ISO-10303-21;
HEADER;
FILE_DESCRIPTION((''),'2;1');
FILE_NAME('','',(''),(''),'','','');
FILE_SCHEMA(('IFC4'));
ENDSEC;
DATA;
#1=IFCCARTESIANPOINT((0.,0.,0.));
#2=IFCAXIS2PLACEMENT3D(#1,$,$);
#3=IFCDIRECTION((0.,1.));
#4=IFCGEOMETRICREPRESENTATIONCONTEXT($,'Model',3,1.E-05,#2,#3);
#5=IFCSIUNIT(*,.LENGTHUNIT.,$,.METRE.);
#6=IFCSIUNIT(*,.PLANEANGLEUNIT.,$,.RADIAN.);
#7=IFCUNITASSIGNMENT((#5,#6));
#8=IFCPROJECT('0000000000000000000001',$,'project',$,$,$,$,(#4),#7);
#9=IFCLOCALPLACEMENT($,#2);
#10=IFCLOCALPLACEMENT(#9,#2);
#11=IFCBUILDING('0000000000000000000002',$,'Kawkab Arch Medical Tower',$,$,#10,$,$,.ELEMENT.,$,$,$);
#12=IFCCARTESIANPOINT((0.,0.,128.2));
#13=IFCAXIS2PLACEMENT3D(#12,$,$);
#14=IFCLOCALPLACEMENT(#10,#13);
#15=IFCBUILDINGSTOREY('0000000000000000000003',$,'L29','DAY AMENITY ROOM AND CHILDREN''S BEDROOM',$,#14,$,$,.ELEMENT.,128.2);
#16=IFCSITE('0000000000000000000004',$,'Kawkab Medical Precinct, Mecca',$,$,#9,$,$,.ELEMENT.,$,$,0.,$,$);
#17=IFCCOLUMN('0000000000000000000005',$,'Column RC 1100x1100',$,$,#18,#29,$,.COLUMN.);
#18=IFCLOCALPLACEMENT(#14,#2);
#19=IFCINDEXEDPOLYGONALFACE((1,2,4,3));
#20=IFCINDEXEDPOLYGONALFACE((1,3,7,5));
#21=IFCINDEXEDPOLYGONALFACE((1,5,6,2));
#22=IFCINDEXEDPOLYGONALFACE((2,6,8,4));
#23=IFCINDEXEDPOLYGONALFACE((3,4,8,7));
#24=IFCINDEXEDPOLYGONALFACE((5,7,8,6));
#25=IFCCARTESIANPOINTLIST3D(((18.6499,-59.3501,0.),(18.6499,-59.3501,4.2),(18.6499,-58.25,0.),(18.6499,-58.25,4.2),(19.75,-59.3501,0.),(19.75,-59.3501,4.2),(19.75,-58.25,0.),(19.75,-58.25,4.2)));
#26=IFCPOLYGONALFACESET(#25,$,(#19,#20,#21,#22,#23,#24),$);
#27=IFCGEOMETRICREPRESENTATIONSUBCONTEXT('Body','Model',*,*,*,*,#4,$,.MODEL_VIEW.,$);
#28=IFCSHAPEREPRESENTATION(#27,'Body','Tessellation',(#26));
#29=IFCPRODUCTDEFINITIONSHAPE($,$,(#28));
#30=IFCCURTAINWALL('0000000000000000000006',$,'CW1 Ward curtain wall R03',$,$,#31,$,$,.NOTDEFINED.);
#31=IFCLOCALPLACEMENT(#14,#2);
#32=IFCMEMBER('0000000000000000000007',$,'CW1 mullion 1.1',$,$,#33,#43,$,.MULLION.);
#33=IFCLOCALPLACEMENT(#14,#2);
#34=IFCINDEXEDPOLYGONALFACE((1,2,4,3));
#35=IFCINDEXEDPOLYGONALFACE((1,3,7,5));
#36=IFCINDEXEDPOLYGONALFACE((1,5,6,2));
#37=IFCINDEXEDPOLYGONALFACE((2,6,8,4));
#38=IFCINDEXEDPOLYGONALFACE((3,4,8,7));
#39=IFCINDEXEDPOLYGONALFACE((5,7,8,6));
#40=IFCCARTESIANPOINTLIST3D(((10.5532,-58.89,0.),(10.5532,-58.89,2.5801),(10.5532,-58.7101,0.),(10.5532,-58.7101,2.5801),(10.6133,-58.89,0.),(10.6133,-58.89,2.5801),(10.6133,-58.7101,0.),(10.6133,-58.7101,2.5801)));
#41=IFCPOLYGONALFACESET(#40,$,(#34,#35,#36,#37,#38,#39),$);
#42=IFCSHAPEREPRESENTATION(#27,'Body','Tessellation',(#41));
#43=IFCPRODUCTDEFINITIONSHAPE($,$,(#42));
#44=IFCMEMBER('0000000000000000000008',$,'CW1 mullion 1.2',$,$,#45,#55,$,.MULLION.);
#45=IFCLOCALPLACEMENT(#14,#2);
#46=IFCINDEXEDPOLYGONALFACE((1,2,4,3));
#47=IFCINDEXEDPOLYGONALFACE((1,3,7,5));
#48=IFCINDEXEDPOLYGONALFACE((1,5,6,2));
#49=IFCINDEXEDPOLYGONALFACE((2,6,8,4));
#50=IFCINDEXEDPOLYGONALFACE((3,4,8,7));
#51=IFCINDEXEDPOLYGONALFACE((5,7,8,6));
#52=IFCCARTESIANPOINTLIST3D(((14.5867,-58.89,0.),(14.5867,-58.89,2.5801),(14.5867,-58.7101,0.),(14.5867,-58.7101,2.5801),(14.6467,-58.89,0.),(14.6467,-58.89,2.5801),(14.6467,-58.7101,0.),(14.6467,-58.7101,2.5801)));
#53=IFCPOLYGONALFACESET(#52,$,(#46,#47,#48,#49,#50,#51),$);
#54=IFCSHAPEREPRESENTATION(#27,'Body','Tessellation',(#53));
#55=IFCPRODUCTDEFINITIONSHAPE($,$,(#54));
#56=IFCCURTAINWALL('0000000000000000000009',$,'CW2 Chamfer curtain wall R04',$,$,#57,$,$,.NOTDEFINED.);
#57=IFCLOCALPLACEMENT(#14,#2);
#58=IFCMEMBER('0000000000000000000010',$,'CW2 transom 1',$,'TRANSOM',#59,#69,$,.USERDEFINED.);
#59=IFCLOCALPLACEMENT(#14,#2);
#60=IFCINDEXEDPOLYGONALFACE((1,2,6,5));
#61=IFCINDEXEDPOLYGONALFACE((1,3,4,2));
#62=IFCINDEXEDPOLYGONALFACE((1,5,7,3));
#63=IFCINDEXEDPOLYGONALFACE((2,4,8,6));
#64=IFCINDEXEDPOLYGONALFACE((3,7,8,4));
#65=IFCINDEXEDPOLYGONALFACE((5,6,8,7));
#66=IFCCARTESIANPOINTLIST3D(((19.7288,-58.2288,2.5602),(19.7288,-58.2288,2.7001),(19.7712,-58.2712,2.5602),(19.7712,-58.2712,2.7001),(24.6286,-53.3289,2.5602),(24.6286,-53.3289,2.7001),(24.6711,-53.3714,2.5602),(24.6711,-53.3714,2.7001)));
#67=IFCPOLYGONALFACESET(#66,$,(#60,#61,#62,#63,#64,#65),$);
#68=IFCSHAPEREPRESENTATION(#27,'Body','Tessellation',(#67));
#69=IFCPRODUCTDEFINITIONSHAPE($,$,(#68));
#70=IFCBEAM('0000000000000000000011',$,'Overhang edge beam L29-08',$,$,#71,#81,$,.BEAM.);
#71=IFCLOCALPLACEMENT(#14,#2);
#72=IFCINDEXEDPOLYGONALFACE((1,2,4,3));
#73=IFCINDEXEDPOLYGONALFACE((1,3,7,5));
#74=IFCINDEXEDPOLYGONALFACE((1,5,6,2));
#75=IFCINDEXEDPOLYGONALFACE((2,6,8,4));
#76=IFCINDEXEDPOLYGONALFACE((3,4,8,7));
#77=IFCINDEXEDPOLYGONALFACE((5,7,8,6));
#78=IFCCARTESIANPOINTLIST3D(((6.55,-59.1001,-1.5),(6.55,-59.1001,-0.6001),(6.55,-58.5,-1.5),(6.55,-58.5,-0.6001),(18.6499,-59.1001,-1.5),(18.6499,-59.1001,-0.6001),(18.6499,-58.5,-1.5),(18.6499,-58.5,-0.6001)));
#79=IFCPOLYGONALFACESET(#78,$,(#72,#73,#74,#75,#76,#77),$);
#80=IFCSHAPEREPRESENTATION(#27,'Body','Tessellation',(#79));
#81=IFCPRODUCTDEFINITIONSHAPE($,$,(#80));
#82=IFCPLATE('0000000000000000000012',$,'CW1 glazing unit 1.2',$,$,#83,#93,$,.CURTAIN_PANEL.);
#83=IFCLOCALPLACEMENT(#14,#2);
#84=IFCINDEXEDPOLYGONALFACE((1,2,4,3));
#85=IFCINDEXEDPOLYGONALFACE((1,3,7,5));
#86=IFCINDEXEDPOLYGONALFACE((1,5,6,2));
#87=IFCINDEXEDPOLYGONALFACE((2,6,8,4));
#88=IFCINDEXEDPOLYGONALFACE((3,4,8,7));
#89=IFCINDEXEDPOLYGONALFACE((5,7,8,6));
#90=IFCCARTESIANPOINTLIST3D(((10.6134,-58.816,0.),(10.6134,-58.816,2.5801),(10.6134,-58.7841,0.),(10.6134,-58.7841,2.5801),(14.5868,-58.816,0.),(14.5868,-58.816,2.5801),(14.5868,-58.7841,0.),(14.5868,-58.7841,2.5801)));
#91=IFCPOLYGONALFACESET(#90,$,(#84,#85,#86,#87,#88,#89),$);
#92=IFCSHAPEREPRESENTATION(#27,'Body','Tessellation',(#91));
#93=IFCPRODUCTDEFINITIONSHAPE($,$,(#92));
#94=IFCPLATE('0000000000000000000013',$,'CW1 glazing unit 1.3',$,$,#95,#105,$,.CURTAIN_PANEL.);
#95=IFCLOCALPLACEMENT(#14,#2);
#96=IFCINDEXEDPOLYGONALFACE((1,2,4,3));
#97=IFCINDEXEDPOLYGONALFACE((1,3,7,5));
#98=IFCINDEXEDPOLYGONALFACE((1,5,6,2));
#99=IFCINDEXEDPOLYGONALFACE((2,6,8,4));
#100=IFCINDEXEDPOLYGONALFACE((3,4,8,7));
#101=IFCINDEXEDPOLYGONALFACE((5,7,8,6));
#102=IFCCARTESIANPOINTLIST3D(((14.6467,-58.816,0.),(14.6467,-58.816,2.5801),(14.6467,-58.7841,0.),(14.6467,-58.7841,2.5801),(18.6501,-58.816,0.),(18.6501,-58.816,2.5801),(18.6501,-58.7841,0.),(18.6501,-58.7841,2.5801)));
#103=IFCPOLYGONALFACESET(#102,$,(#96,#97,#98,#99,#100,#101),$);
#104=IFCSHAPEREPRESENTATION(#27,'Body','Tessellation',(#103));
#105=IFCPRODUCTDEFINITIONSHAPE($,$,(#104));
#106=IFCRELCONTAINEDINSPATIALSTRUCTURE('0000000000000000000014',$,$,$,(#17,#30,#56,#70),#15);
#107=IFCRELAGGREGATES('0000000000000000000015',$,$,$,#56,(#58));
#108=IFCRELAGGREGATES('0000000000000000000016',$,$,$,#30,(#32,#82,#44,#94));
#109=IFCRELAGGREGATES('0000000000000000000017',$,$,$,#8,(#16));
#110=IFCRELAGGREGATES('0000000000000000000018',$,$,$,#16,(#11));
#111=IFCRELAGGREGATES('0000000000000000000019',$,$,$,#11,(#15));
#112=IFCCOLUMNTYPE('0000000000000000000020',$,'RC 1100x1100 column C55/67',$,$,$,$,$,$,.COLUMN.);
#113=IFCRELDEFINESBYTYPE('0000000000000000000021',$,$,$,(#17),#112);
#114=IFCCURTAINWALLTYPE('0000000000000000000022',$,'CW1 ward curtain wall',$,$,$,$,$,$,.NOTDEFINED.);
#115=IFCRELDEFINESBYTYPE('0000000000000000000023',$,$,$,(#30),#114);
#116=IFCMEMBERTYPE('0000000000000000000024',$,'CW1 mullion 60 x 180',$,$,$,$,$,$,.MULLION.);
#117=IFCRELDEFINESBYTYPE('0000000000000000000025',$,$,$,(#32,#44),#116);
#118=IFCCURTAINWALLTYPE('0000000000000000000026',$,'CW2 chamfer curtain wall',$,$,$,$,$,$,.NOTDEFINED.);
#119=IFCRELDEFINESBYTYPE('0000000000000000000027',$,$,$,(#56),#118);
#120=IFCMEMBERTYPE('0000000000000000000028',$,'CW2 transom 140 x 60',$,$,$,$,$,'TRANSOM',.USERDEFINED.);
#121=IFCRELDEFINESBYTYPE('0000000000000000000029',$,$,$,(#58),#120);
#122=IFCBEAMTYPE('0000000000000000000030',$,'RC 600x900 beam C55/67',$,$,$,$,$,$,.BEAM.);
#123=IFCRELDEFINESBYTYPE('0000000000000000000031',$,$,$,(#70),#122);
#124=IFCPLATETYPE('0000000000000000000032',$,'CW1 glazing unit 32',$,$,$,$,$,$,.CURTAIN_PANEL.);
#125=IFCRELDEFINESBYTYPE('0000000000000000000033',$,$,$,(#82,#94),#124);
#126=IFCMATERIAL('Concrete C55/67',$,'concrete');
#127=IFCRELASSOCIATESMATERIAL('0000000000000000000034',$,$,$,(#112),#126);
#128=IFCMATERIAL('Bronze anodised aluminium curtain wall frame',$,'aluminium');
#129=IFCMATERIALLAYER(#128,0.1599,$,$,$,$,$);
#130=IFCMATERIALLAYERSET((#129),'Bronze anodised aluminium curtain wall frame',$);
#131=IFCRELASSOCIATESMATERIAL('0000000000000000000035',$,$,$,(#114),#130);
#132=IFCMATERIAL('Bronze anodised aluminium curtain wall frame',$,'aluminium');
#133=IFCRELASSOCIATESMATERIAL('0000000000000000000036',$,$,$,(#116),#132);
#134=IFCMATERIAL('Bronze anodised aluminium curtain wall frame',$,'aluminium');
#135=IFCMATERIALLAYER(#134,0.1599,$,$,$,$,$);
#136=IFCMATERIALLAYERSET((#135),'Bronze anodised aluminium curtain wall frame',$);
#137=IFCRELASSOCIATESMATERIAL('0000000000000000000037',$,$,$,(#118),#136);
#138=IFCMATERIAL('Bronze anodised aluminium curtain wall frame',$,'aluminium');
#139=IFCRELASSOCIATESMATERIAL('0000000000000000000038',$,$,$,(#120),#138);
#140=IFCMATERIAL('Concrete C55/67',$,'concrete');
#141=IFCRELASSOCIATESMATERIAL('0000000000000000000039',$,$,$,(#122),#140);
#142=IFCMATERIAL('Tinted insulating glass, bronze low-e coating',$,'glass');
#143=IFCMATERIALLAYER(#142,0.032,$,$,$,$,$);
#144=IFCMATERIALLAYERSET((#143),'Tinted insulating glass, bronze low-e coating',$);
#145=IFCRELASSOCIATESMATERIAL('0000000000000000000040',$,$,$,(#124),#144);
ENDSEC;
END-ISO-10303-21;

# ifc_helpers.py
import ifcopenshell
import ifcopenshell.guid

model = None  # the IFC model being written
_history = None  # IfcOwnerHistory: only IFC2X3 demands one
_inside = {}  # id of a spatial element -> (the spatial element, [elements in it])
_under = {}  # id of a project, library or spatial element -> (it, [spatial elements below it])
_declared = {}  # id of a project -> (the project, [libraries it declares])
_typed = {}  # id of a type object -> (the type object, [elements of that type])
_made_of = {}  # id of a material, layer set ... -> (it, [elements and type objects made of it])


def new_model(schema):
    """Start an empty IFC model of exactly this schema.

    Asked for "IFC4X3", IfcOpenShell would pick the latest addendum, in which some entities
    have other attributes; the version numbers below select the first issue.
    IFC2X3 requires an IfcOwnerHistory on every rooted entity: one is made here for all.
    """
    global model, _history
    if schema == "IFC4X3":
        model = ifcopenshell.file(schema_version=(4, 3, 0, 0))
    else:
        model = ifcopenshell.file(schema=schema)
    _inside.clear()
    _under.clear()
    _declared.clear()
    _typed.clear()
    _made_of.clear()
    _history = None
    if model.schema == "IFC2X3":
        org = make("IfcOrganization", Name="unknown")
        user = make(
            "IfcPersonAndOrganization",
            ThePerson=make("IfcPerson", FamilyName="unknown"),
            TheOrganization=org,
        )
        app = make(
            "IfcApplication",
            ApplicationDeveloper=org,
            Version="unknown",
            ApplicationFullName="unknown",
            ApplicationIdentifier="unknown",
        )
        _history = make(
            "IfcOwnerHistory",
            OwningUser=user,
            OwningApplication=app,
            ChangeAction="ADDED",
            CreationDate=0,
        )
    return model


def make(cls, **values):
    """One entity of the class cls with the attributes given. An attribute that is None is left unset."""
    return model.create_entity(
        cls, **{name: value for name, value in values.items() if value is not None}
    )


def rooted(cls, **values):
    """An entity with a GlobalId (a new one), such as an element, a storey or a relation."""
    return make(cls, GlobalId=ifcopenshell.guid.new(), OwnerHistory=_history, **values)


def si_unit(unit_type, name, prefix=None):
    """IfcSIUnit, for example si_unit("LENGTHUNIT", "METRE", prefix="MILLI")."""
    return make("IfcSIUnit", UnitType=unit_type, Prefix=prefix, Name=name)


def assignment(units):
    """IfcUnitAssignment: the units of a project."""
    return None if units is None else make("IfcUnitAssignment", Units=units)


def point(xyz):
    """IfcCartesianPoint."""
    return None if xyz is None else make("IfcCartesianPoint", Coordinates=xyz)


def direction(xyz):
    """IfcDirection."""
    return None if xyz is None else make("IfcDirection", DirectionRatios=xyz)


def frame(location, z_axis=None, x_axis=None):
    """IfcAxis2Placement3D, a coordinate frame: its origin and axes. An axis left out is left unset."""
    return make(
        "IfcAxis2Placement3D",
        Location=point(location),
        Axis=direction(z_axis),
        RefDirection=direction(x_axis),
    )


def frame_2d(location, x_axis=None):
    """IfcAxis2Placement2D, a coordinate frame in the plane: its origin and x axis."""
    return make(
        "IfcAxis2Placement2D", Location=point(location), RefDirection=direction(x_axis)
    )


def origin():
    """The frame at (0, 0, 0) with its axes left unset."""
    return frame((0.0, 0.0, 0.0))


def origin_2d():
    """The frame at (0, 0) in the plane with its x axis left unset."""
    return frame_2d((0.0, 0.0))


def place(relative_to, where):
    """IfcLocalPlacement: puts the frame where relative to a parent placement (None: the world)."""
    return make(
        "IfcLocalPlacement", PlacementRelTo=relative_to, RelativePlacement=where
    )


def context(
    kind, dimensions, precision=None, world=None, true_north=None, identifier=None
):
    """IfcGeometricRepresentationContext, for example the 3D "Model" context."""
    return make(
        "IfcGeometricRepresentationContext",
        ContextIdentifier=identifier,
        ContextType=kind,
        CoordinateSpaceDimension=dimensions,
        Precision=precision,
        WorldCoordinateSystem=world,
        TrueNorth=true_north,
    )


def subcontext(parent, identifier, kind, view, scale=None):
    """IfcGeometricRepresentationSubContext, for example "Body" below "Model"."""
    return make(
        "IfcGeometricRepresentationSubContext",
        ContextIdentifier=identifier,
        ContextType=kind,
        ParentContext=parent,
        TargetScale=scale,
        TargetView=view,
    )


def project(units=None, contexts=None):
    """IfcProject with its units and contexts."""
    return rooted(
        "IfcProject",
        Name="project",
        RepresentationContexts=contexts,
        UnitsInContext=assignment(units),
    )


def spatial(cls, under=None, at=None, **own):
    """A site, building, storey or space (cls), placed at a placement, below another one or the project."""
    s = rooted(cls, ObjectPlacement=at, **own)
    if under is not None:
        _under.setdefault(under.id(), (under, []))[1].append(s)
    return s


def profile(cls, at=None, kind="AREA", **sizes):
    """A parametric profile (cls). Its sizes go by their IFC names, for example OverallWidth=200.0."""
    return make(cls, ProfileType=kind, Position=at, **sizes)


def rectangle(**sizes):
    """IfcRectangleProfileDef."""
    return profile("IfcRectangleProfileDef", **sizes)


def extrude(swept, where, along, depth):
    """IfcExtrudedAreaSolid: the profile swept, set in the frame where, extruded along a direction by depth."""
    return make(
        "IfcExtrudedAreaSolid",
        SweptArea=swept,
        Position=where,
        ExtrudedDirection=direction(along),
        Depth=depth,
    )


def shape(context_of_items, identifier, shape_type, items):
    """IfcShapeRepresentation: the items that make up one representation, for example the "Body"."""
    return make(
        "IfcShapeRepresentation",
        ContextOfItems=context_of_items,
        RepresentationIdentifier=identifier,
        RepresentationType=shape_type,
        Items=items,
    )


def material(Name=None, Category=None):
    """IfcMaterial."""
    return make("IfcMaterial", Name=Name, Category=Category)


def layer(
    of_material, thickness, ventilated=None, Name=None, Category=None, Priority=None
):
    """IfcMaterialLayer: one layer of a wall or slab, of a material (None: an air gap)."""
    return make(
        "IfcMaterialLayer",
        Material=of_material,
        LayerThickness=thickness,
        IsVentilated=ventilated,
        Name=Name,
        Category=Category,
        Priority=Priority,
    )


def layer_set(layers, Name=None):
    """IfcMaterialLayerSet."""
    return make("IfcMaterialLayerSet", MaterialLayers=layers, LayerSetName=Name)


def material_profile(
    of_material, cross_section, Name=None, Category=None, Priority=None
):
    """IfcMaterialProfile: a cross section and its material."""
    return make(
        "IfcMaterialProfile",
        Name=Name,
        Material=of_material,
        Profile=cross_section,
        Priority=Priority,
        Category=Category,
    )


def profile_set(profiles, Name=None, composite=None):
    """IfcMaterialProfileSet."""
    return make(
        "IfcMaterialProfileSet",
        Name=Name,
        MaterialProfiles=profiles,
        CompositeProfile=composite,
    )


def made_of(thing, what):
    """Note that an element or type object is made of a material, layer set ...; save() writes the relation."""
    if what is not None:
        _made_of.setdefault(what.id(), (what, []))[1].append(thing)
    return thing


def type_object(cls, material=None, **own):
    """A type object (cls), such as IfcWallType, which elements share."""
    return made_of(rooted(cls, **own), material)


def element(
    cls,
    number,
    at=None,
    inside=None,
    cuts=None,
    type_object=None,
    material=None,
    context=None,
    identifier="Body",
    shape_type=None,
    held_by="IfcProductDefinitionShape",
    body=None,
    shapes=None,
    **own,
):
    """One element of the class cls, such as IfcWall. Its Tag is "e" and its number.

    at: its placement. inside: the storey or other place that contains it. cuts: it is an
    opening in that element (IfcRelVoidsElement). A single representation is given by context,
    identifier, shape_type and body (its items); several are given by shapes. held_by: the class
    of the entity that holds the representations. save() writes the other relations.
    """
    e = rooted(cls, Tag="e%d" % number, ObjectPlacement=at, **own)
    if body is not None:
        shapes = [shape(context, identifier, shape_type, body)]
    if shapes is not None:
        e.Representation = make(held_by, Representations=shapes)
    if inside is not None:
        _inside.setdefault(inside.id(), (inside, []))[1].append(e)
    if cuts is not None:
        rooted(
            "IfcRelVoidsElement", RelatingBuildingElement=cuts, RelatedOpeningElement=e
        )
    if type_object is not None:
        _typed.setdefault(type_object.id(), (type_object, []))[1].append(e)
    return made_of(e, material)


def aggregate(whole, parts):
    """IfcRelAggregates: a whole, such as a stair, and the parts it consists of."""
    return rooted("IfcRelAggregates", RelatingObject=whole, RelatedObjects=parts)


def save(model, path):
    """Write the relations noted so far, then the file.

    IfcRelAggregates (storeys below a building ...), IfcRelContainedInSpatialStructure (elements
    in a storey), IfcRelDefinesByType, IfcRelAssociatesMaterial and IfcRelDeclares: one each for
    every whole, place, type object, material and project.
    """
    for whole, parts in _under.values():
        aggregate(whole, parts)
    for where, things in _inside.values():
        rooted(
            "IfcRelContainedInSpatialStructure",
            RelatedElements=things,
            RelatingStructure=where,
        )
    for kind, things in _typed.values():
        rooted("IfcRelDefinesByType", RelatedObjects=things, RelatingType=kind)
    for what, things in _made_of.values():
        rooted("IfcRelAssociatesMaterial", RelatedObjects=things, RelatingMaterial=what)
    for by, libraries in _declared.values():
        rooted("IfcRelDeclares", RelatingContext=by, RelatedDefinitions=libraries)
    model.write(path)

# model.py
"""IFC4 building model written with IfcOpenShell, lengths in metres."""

from ifc_helpers import new_model, si_unit, direction, frame, origin, origin_2d, place, context, subcontext, project, spatial, rectangle, extrude, material, layer, layer_set, material_profile, profile_set, type_object, element, aggregate, save


model = new_model("IFC4")

# Units and contexts
model_context = context("Model", 3, precision=1e-05, world=origin(), true_north=direction((0.0, 1.0)))
body_context = subcontext(model_context, "Body", "Model", "MODEL_VIEW")
ifc_project = project(units=[si_unit("LENGTHUNIT", "METRE"), si_unit("PLANEANGLEUNIT", "RADIAN")], contexts=[model_context])

# Site, building, storey
site_placement = place(None, origin())
site = spatial("IfcSite", under=ifc_project, at=site_placement, Name="Kawkab Medical Precinct, Mecca", CompositionType="ELEMENT", RefElevation=0.0)
building_placement = place(site_placement, origin())
building = spatial("IfcBuilding", under=site, at=building_placement, Name="Kawkab Arch Medical Tower", CompositionType="ELEMENT")
storey_placement = place(building_placement, frame((0.0, 0.0, 128.2)))
storey = spatial("IfcBuildingStorey", under=building, at=storey_placement, Name="L29", Description="DAY AMENITY ROOM AND CHILDREN'S BEDROOM", CompositionType="ELEMENT", Elevation=128.2)

# Column
ifc_material_1 = material(Name="Concrete C55/67", Category="concrete")
ifc_material_profile_1 = material_profile(ifc_material_1, rectangle(XDim=1.1001, YDim=1.1001, at=origin_2d()), Name="RC 1100x1100")
ifc_profile_set_1 = profile_set([ifc_material_profile_1], Name="Concrete C55/67")
column_type = type_object("IfcColumnType", Name="RC 1100x1100 column C55/67", PredefinedType="COLUMN", material=ifc_profile_set_1)
column_placement = place(storey_placement, frame((19.2, -58.8, 0.0), z_axis=(0.0, 0.0, 1.0), x_axis=(1.0, 0.0, 0.0)))
element("IfcColumn", 1, at=column_placement, inside=storey, type_object=column_type, Name="Column RC 1100x1100", PredefinedType="COLUMN", context=body_context, shape_type="SweptSolid", body=[
    extrude(rectangle(XDim=1.1001, YDim=1.1001, at=origin_2d()), origin(), (0.0, 0.0, 1.0), 4.2),
])

# Curtain wall, members
ifc_material_2 = material(Name="Bronze anodised aluminium curtain wall frame", Category="aluminium")
ifc_layer_1 = layer(ifc_material_2, 0.1599)
ifc_layer_set_1 = layer_set([ifc_layer_1], Name="Bronze anodised aluminium curtain wall frame")
curtain_wall_type_1 = type_object("IfcCurtainWallType", Name="CW1 ward curtain wall", PredefinedType="NOTDEFINED", material=ifc_layer_set_1)
placement = place(storey_placement, origin())
curtain_wall_1 = element("IfcCurtainWall", 2, at=placement, inside=storey, type_object=curtain_wall_type_1, Name="CW1 Ward curtain wall R03", PredefinedType="NOTDEFINED")
ifc_material_3 = material(Name="Bronze anodised aluminium curtain wall frame", Category="aluminium")
ifc_material_profile_2 = material_profile(ifc_material_3, rectangle(XDim=0.1799, YDim=0.0601, at=origin_2d()), Name="AL 60x180")
ifc_profile_set_2 = profile_set([ifc_material_profile_2], Name="Bronze anodised aluminium curtain wall frame")
member_type_1 = type_object("IfcMemberType", Name="CW1 mullion 60 x 180", PredefinedType="MULLION", material=ifc_profile_set_2)
member_1_placement = place(storey_placement, frame((10.5833, -58.8, 0.0), z_axis=(0.0, 0.0, 1.0), x_axis=(0.0, 1.0, 0.0)))
member_1 = element("IfcMember", 3, at=member_1_placement, type_object=member_type_1, Name="CW1 mullion 1.1", PredefinedType="MULLION", context=body_context, shape_type="SweptSolid", body=[
    extrude(rectangle(XDim=0.1799, YDim=0.0601, at=origin_2d()), origin(), (0.0, 0.0, 1.0), 2.5801),
])
member_2_placement = place(storey_placement, frame((14.6167, -58.8, 0.0), z_axis=(0.0, 0.0, 1.0), x_axis=(0.0, 1.0, 0.0)))
member_2 = element("IfcMember", 4, at=member_2_placement, type_object=member_type_1, Name="CW1 mullion 1.2", PredefinedType="MULLION", context=body_context, shape_type="SweptSolid", body=[
    extrude(rectangle(XDim=0.1799, YDim=0.0601, at=origin_2d()), origin(), (0.0, 0.0, 1.0), 2.5801),
])

# Curtain wall, member
ifc_material_4 = material(Name="Bronze anodised aluminium curtain wall frame", Category="aluminium")
ifc_layer_2 = layer(ifc_material_4, 0.1599)
ifc_layer_set_2 = layer_set([ifc_layer_2], Name="Bronze anodised aluminium curtain wall frame")
curtain_wall_type_2 = type_object("IfcCurtainWallType", Name="CW2 chamfer curtain wall", PredefinedType="NOTDEFINED", material=ifc_layer_set_2)
curtain_wall_2 = element("IfcCurtainWall", 5, at=placement, inside=storey, type_object=curtain_wall_type_2, Name="CW2 Chamfer curtain wall R04", PredefinedType="NOTDEFINED")
ifc_material_5 = material(Name="Bronze anodised aluminium curtain wall frame", Category="aluminium")
ifc_material_profile_3 = material_profile(ifc_material_5, rectangle(XDim=0.0601, YDim=0.1399, at=origin_2d()), Name="AL 60x140")
ifc_profile_set_3 = profile_set([ifc_material_profile_3], Name="Bronze anodised aluminium curtain wall frame")
member_type_2 = type_object("IfcMemberType", Name="CW2 transom 140 x 60", ElementType="TRANSOM", PredefinedType="USERDEFINED", material=ifc_profile_set_3)
member_3_placement = place(storey_placement, frame((19.75, -58.25, 2.6301), z_axis=(0.707107, 0.707107, 0.0), x_axis=(-0.707107, 0.707107, 0.0)))
member_3 = element("IfcMember", 6, at=member_3_placement, type_object=member_type_2, Name="CW2 transom 1", ObjectType="TRANSOM", PredefinedType="USERDEFINED", context=body_context, shape_type="SweptSolid", body=[
    extrude(rectangle(XDim=0.0601, YDim=0.1399, at=origin_2d()), origin(), (0.0, 0.0, 1.0), 6.9294),
])
aggregate(curtain_wall_2, [member_3])

# Beam
ifc_material_6 = material(Name="Concrete C55/67", Category="concrete")
ifc_material_profile_4 = material_profile(ifc_material_6, rectangle(XDim=0.6001, YDim=0.8999, at=origin_2d()), Name="RC 600x900")
ifc_profile_set_4 = profile_set([ifc_material_profile_4], Name="Concrete C55/67")
beam_type = type_object("IfcBeamType", Name="RC 600x900 beam C55/67", PredefinedType="BEAM", material=ifc_profile_set_4)
beam_placement = place(storey_placement, frame((18.6499, -58.8, -1.05), z_axis=(-1.0, 0.0, 0.0), x_axis=(0.0, -1.0, 0.0)))
element("IfcBeam", 7, at=beam_placement, inside=storey, type_object=beam_type, Name="Overhang edge beam L29-08", PredefinedType="BEAM", context=body_context, shape_type="SweptSolid", body=[
    extrude(rectangle(XDim=0.6001, YDim=0.8999, at=origin_2d()), origin(), (0.0, 0.0, 1.0), 12.0999),
])

# Plates
ifc_material_7 = material(Name="Tinted insulating glass, bronze low-e coating", Category="glass")
ifc_layer_3 = layer(ifc_material_7, 0.032)
ifc_layer_set_3 = layer_set([ifc_layer_3], Name="Tinted insulating glass, bronze low-e coating")
plate_type = type_object("IfcPlateType", Name="CW1 glazing unit 32", PredefinedType="CURTAIN_PANEL", material=ifc_layer_set_3)
plate_1_placement = place(storey_placement, frame((12.6001, -58.8, 0.0), z_axis=(0.0, 0.0, 1.0), x_axis=(1.0, 0.0, 0.0)))
plate_1 = element("IfcPlate", 8, at=plate_1_placement, type_object=plate_type, Name="CW1 glazing unit 1.2", PredefinedType="CURTAIN_PANEL", context=body_context, shape_type="SweptSolid", body=[
    extrude(rectangle(XDim=3.9734, YDim=0.032, at=origin_2d()), origin(), (0.0, 0.0, 1.0), 2.5801),
])
plate_2_placement = place(storey_placement, frame((16.6484, -58.8, 0.0), z_axis=(0.0, 0.0, 1.0), x_axis=(1.0, 0.0, 0.0)))
plate_2 = element("IfcPlate", 9, at=plate_2_placement, type_object=plate_type, Name="CW1 glazing unit 1.3", PredefinedType="CURTAIN_PANEL", context=body_context, shape_type="SweptSolid", body=[
    extrude(rectangle(XDim=4.0034, YDim=0.032, at=origin_2d()), origin(), (0.0, 0.0, 1.0), 2.5801),
])
aggregate(curtain_wall_1, [member_1, plate_1, member_2, plate_2])

save(model, "model.ifc")
